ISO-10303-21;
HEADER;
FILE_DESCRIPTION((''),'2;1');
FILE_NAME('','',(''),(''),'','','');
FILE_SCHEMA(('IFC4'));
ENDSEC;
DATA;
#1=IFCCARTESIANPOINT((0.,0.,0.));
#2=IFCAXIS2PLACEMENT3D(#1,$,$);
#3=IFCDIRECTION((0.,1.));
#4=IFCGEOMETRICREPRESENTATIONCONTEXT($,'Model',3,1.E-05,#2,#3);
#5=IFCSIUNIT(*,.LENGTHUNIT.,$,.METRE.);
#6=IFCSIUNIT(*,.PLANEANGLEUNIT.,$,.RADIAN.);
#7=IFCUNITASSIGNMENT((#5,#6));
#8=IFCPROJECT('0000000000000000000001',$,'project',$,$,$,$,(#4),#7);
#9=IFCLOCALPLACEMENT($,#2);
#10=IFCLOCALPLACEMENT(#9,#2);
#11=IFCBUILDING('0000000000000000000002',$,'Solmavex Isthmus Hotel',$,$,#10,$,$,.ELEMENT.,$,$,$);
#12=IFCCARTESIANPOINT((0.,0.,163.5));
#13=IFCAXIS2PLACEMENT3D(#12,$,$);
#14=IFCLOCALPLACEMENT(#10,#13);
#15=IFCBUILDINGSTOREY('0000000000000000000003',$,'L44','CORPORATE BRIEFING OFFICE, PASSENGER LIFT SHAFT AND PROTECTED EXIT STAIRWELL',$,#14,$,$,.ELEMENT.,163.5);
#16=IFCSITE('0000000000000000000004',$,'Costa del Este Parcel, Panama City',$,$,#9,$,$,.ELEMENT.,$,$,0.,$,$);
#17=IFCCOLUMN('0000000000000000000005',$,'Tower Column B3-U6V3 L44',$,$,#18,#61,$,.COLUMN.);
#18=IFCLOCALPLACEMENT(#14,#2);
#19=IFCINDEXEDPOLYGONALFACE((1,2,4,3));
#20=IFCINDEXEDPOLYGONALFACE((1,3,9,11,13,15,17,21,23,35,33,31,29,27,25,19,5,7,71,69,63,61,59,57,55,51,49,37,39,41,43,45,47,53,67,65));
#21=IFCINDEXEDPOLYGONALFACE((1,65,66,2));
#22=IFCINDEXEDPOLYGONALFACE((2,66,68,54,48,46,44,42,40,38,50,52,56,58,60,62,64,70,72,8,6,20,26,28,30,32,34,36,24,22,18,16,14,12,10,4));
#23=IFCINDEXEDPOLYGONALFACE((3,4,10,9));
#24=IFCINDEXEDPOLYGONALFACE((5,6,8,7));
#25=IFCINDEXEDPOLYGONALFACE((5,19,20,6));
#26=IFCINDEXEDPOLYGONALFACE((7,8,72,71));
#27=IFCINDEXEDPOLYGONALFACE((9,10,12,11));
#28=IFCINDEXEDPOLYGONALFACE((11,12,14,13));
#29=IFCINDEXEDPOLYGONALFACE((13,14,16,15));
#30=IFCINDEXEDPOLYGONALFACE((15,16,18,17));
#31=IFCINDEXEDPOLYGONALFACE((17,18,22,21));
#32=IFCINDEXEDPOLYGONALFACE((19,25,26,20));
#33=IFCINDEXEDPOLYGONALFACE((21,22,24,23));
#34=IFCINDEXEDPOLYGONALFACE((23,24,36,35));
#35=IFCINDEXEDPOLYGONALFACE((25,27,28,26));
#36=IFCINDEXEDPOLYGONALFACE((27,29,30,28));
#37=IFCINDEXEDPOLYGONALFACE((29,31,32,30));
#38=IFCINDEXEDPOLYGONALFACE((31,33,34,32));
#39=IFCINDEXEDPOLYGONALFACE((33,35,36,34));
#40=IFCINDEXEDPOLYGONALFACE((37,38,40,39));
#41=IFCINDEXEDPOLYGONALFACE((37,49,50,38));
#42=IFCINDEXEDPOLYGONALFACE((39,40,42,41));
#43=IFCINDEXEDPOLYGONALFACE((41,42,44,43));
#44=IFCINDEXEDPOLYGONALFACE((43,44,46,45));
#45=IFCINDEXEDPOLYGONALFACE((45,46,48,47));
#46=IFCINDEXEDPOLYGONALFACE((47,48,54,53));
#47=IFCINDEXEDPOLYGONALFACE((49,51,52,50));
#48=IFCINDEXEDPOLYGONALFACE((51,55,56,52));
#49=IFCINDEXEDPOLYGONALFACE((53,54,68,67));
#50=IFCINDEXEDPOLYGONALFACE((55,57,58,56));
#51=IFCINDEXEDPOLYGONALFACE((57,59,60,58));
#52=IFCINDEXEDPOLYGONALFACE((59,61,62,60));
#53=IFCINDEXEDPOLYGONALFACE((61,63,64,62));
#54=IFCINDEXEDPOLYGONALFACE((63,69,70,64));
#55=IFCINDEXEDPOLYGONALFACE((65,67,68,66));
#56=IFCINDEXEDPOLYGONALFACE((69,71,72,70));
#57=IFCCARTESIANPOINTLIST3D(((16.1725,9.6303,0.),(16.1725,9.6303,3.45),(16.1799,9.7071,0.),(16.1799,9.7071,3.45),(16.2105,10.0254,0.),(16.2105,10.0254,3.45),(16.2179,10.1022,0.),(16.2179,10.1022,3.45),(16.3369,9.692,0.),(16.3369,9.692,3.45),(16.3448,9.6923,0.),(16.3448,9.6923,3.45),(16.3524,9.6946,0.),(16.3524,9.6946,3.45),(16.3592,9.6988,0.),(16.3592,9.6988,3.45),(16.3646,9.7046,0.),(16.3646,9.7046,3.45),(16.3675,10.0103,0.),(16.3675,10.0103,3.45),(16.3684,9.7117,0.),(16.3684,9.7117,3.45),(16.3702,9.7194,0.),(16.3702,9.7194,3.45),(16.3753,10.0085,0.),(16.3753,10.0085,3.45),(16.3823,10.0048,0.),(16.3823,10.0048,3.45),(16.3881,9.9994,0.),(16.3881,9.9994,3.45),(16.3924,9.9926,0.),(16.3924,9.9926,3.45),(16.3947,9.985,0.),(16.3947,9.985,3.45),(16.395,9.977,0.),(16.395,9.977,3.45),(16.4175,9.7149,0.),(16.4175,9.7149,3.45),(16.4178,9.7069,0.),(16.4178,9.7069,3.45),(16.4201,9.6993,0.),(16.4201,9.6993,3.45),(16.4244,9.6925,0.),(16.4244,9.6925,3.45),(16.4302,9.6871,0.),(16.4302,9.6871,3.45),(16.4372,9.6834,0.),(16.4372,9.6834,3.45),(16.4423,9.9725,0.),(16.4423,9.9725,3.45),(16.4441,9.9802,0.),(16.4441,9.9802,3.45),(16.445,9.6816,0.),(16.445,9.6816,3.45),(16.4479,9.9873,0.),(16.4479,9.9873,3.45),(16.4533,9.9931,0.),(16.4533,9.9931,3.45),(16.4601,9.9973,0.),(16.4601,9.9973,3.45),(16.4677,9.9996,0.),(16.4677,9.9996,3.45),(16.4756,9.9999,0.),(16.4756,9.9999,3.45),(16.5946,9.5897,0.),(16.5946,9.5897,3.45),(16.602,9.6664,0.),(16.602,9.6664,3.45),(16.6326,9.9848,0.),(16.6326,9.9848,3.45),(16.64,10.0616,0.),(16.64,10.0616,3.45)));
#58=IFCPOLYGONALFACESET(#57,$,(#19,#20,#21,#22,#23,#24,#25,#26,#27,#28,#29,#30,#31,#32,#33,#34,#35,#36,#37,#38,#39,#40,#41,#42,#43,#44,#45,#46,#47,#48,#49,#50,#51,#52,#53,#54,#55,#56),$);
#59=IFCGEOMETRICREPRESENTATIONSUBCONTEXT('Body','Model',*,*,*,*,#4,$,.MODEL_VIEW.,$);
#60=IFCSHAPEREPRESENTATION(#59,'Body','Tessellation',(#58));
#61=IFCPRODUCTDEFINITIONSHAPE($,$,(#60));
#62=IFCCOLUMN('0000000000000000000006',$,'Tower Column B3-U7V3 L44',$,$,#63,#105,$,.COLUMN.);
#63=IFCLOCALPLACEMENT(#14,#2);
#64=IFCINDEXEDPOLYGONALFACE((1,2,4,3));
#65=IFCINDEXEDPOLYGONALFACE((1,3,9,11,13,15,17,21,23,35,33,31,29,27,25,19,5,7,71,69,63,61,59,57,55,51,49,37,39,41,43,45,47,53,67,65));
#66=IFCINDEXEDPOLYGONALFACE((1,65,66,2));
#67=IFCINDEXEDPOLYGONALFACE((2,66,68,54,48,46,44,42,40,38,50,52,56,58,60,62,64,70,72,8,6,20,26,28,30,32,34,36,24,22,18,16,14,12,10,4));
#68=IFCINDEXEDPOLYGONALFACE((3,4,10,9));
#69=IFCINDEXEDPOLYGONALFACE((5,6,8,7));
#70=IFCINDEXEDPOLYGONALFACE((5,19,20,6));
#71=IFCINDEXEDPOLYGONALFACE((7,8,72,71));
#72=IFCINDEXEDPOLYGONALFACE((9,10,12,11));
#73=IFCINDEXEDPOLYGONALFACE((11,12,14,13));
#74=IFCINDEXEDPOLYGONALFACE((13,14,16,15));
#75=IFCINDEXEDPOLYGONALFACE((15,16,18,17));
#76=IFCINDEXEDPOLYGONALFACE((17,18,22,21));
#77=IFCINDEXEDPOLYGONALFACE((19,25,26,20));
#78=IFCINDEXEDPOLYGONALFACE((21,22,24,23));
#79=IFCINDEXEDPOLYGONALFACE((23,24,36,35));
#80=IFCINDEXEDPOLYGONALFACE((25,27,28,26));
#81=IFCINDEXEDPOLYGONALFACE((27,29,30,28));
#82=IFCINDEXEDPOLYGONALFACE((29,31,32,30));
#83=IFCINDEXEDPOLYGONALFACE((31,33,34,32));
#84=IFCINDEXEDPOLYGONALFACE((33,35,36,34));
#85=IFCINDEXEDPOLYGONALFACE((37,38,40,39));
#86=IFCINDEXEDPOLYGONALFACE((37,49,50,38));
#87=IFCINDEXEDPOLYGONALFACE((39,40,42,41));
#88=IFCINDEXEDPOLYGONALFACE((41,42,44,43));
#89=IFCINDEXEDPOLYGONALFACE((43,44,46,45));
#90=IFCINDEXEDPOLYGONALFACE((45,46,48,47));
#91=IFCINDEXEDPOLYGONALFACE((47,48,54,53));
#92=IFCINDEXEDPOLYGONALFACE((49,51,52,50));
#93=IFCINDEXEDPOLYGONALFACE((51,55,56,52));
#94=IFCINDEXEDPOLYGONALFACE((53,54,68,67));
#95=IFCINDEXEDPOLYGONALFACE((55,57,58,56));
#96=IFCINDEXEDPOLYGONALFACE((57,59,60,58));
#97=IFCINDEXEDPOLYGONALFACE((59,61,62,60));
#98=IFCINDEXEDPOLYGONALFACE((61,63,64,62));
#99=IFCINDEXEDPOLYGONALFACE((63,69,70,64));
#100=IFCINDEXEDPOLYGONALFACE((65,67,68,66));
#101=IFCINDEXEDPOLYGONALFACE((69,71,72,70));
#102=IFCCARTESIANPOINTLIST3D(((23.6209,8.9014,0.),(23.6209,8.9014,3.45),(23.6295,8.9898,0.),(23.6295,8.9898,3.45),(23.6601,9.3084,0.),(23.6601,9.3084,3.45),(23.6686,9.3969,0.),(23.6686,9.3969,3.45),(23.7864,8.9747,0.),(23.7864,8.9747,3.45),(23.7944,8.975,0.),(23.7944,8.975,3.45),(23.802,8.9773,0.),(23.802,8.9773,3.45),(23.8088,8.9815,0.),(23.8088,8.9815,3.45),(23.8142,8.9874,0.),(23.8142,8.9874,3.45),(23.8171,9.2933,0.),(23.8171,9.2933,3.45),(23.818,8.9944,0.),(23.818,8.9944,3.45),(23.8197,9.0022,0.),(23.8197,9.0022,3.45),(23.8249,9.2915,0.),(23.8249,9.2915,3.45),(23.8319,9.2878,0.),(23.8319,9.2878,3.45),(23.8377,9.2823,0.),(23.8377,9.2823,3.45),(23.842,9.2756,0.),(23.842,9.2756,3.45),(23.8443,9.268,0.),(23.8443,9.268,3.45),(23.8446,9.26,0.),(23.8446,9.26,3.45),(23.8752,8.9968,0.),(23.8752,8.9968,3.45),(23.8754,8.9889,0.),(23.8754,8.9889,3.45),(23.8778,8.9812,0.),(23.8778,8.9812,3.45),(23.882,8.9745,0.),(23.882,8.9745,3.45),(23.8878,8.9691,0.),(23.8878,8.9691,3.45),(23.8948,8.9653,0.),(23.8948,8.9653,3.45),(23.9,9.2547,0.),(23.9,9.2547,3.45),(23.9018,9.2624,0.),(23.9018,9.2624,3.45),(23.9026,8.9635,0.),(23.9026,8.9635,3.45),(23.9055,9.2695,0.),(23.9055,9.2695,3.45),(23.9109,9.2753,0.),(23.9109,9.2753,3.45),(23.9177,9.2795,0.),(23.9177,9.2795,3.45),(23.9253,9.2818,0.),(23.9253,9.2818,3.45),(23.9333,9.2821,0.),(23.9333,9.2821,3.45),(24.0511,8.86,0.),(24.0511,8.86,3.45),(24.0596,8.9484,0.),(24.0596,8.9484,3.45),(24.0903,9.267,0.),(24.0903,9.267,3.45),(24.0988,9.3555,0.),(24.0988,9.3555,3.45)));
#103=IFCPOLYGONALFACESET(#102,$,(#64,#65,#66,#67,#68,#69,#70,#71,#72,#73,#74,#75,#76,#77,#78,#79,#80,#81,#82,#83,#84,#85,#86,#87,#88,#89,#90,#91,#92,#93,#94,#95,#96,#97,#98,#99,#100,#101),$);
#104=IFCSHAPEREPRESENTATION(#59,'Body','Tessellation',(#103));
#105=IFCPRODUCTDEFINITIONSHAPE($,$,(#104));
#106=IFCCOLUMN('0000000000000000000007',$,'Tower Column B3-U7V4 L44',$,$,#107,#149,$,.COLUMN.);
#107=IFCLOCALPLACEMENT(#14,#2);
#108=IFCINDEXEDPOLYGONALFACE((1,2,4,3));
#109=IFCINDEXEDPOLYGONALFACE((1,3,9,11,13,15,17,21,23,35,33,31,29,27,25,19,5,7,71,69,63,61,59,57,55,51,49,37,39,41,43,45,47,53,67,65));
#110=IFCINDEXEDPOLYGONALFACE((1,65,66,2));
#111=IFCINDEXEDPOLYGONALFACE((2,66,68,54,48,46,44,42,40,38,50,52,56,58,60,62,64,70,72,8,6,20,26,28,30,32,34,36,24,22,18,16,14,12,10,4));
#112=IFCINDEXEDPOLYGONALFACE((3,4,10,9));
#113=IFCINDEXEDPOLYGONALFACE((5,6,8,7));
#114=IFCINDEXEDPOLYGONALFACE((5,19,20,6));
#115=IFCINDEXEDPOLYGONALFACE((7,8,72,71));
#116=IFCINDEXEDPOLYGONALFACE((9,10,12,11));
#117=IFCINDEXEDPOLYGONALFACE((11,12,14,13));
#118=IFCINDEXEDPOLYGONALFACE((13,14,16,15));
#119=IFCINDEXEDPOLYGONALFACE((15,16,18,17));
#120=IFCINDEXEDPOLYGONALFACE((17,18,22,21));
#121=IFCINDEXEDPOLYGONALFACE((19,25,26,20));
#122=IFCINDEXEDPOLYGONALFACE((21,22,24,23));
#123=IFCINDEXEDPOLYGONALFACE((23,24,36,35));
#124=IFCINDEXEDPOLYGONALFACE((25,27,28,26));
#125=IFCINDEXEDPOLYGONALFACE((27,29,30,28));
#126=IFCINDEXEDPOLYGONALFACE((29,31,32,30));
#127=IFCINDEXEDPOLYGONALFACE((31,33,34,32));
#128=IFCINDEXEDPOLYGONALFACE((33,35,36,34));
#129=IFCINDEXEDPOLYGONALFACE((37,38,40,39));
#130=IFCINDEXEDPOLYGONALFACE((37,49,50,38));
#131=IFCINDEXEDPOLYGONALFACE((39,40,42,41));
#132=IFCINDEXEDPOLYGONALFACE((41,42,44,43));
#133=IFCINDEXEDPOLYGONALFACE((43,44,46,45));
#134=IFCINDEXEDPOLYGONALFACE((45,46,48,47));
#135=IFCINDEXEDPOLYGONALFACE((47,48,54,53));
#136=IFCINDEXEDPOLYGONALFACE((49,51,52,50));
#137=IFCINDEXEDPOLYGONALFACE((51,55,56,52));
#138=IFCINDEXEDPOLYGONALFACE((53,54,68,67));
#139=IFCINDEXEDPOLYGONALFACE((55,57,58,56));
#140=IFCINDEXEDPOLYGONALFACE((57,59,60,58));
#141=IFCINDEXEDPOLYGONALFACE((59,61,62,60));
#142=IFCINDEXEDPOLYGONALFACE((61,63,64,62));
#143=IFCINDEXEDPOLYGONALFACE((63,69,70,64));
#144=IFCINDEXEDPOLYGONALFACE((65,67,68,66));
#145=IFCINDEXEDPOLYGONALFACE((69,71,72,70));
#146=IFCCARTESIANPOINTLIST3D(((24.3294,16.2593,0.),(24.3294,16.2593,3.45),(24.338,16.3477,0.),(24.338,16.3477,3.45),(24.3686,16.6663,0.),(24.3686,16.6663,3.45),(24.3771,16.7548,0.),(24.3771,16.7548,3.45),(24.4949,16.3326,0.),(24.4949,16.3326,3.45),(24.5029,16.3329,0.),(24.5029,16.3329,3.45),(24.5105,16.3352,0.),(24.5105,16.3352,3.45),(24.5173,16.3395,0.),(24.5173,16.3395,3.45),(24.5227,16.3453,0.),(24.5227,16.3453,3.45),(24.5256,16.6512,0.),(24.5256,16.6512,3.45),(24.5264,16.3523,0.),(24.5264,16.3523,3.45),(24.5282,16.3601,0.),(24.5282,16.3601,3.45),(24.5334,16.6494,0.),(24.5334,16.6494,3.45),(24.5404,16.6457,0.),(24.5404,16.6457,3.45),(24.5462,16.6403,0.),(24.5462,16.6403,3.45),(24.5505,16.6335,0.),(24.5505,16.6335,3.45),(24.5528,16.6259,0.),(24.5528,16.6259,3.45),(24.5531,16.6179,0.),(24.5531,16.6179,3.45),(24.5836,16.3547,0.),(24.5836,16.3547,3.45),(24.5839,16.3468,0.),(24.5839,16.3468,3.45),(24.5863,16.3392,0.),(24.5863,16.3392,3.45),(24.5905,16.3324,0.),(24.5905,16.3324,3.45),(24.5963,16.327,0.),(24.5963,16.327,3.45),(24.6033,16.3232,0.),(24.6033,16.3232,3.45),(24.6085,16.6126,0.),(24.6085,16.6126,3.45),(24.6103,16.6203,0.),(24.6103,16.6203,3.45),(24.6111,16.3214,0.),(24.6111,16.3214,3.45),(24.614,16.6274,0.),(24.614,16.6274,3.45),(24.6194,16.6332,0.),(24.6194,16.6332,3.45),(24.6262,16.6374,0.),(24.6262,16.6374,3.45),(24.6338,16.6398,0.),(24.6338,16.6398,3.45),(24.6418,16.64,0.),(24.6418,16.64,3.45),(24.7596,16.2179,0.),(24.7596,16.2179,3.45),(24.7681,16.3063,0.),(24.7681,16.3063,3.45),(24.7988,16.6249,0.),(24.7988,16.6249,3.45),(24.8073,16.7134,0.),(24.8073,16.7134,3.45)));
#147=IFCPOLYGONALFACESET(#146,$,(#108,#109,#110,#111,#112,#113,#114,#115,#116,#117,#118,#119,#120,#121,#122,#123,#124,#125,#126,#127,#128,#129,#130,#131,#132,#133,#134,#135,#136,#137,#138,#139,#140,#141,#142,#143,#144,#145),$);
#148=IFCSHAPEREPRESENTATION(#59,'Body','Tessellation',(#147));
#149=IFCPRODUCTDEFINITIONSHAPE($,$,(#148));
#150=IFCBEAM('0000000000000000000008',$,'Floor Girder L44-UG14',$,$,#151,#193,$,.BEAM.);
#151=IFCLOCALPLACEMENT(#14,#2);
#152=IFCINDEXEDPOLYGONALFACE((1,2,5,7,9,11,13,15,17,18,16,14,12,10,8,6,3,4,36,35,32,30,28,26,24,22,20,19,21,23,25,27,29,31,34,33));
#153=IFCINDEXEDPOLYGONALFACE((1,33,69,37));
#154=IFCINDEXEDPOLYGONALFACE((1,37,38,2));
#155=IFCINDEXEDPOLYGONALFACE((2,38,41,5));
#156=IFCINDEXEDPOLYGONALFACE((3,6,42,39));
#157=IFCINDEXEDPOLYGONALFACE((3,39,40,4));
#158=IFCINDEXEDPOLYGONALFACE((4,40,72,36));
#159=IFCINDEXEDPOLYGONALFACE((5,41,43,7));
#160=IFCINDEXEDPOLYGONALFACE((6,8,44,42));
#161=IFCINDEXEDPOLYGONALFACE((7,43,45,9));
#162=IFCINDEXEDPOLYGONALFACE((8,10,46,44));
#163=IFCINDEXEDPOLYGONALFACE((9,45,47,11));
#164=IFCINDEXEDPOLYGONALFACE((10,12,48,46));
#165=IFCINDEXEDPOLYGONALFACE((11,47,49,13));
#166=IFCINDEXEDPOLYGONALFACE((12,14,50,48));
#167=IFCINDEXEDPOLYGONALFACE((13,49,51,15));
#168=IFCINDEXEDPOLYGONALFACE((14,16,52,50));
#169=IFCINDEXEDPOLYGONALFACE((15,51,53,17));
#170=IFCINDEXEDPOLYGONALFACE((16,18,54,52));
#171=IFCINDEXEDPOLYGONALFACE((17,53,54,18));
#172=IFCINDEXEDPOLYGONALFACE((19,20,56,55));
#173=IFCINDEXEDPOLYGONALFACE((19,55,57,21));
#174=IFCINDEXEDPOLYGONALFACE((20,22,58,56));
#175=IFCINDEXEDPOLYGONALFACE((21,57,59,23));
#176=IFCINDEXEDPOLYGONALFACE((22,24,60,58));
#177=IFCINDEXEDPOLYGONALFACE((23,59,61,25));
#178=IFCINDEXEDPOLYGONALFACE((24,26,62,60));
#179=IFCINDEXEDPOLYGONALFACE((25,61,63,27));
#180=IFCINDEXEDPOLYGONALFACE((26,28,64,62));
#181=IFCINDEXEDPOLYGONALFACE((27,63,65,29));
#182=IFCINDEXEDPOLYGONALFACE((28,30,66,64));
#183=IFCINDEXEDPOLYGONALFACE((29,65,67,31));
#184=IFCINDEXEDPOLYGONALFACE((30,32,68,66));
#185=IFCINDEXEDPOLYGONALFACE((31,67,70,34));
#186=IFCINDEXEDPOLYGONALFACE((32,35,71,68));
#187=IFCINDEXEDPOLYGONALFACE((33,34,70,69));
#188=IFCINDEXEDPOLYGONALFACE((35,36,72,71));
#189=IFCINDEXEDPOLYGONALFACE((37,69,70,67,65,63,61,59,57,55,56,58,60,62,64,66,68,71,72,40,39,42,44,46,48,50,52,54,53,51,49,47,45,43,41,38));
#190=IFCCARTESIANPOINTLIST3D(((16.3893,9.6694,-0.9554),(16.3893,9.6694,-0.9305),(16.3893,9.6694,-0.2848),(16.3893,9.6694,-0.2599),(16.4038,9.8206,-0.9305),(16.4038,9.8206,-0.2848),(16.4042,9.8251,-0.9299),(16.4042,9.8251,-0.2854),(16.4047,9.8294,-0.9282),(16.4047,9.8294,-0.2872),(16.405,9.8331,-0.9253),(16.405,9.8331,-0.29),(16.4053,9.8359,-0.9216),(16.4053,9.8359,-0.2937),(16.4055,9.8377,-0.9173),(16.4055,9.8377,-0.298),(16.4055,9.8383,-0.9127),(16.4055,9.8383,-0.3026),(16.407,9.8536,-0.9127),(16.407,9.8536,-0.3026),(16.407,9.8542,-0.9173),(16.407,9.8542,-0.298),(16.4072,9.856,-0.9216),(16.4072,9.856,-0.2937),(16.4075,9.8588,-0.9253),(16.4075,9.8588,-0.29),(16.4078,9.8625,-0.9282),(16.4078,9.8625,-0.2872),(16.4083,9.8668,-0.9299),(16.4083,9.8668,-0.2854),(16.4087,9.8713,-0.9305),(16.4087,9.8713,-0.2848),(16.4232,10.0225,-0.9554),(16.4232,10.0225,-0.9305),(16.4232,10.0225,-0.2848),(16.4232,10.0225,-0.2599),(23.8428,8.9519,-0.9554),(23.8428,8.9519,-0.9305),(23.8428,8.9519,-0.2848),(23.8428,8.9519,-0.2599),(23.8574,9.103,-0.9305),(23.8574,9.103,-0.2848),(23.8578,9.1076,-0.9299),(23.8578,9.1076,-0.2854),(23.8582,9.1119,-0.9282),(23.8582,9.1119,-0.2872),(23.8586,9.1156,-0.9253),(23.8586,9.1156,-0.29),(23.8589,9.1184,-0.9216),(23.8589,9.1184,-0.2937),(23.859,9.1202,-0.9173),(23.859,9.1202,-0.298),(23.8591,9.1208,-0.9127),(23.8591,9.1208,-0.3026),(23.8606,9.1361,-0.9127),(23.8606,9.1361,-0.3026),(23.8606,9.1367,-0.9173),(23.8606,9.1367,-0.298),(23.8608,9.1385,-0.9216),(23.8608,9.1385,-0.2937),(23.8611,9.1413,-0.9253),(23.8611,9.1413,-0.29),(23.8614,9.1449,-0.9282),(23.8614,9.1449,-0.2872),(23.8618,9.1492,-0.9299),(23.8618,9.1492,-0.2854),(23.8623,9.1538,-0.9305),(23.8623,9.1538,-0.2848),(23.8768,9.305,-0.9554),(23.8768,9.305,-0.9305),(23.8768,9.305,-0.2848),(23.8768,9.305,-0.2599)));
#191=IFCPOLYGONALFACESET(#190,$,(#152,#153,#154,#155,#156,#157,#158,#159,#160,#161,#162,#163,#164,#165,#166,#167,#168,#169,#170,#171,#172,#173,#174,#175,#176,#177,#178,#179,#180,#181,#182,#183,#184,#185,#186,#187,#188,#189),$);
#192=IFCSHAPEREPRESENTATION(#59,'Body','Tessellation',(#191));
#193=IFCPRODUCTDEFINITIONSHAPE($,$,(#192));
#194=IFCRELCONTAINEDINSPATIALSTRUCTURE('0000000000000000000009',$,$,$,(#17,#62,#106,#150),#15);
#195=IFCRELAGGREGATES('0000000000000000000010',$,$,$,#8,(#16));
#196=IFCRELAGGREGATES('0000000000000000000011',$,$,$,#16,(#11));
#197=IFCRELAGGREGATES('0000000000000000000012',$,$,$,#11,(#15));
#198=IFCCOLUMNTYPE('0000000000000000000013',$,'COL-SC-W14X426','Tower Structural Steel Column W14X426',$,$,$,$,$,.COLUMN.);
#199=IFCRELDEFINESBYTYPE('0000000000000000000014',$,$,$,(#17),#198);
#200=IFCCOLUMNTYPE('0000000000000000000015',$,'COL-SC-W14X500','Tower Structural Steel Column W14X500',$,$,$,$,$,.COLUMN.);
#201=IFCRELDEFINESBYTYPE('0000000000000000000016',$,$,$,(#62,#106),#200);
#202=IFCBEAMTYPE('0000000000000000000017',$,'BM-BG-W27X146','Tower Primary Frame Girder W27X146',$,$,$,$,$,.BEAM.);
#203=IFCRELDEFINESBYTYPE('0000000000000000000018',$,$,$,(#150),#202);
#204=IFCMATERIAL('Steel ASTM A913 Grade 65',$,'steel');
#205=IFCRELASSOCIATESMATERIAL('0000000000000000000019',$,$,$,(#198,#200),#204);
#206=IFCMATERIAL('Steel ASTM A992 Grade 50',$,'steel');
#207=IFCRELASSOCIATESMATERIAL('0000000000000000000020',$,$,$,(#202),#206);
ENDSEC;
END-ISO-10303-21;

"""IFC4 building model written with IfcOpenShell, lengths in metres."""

from ifc_helpers import new_model, si_unit, direction, frame, origin, origin_2d, place, context, subcontext, project, spatial, i_section, extrude, material, material_profile, profile_set, type_object, element, save


model = new_model("IFC4")

# Units and contexts
model_context = context("Model", 3, precision=1e-05, world=origin(), true_north=direction((0.0, 1.0)))
body_context = subcontext(model_context, "Body", "Model", "MODEL_VIEW")
ifc_project = project(units=[si_unit("LENGTHUNIT", "METRE"), si_unit("PLANEANGLEUNIT", "RADIAN")], contexts=[model_context])

# Site, building, storey
site_placement = place(None, origin())
site = spatial("IfcSite", under=ifc_project, at=site_placement, Name="Costa del Este Parcel, Panama City", CompositionType="ELEMENT", RefElevation=0.0)
building_placement = place(site_placement, origin())
building = spatial("IfcBuilding", under=site, at=building_placement, Name="Solmavex Isthmus Hotel", CompositionType="ELEMENT")
storey_placement = place(building_placement, frame((0.0, 0.0, 163.5)))
storey = spatial("IfcBuildingStorey", under=building, at=storey_placement, Name="L44", Description="CORPORATE BRIEFING OFFICE, PASSENGER LIFT SHAFT AND PROTECTED EXIT STAIRWELL", CompositionType="ELEMENT", Elevation=163.5)

# Columns
ifc_material_1 = material(Name="Steel ASTM A913 Grade 65", Category="steel")
ifc_material_profile_1 = material_profile(ifc_material_1, i_section(OverallWidth=0.4241, OverallDepth=0.4741, WebThickness=0.0476, FlangeThickness=0.0771, FilletRadius=0.0305, at=origin_2d()), Name="W14X426")
ifc_profile_set_1 = profile_set([ifc_material_profile_1], Name="Steel ASTM A913 Grade 65")
column_type_1 = type_object("IfcColumnType", Name="COL-SC-W14X426", Description="Tower Structural Steel Column W14X426", PredefinedType="COLUMN", material=ifc_profile_set_1)
column_placement = place(storey_placement, frame((16.4062, 9.8459, 0.0), z_axis=(0.0, 0.0, 1.0), x_axis=(0.995396, -0.095846, 0.0)))
element("IfcColumn", 1, at=column_placement, inside=storey, type_object=column_type_1, Name="Tower Column B3-U6V3 L44", PredefinedType="COLUMN", context=body_context, shape_type="SweptSolid", body=[
    extrude(i_section(OverallWidth=0.4241, OverallDepth=0.4741, WebThickness=0.0476, FlangeThickness=0.0771, FilletRadius=0.0305, at=origin_2d()), origin(), (0.0, 0.0, 1.0), 3.45),
])
ifc_material_profile_2 = material_profile(ifc_material_1, i_section(OverallWidth=0.4321, OverallDepth=0.4978, WebThickness=0.0557, FlangeThickness=0.0889, FilletRadius=0.0305, at=origin_2d()), Name="W14X500")
ifc_profile_set_2 = profile_set([ifc_material_profile_2], Name="Steel ASTM A913 Grade 65")
column_type_2 = type_object("IfcColumnType", Name="COL-SC-W14X500", Description="Tower Structural Steel Column W14X500", PredefinedType="COLUMN", material=ifc_profile_set_2)
for number, where, z_axis, x_axis, name in (
    (2, (23.8599, 9.1284, 0.0), (0.0, 0.0, 1.0), (0.995396, -0.095846, 0.0), "Tower Column B3-U7V3 L44"),
    (3, (24.5684, 16.4863, 0.0), (0.0, 0.0, 1.0), (0.995396, -0.095846, 0.0), "Tower Column B3-U7V4 L44"),
):
    element("IfcColumn", number, at=place(storey_placement, frame(where, z_axis=z_axis, x_axis=x_axis)), inside=storey, type_object=column_type_2, Name=name, PredefinedType="COLUMN", context=body_context, shape_type="SweptSolid", body=[
        extrude(i_section(OverallWidth=0.4321, OverallDepth=0.4978, WebThickness=0.0557, FlangeThickness=0.0889, FilletRadius=0.0305, at=origin_2d()), origin(), (0.0, 0.0, 1.0), 3.45),
    ])

# Beam
ifc_material_2 = material(Name="Steel ASTM A992 Grade 50", Category="steel")
ifc_material_profile_3 = material_profile(ifc_material_2, i_section(OverallWidth=0.3547, OverallDepth=0.6956, WebThickness=0.0154, FlangeThickness=0.0249, FilletRadius=0.0178, at=origin_2d()), Name="W27X146")
ifc_profile_set_3 = profile_set([ifc_material_profile_3], Name="Steel ASTM A992 Grade 50")
beam_type_1 = type_object("IfcBeamType", Name="BM-BG-W27X146", Description="Tower Primary Frame Girder W27X146", PredefinedType="BEAM", material=ifc_profile_set_3)
beam_1_placement = place(storey_placement, frame((16.4062, 9.8459, -0.6077), z_axis=(0.995398, -0.095823, 0.0), x_axis=(0.095823, 0.995398, 0.0)))
element("IfcBeam", 4, at=beam_1_placement, inside=storey, type_object=beam_type_1, Name="Floor Girder L44-UG14", PredefinedType="BEAM", context=body_context, shape_type="SweptSolid", body=[
    extrude(i_section(OverallWidth=0.3547, OverallDepth=0.6956, WebThickness=0.0154, FlangeThickness=0.0249, FilletRadius=0.0178, at=origin_2d()), origin(), (0.0, 0.0, 1.0), 7.488),
])

save(model, "model.ifc")
